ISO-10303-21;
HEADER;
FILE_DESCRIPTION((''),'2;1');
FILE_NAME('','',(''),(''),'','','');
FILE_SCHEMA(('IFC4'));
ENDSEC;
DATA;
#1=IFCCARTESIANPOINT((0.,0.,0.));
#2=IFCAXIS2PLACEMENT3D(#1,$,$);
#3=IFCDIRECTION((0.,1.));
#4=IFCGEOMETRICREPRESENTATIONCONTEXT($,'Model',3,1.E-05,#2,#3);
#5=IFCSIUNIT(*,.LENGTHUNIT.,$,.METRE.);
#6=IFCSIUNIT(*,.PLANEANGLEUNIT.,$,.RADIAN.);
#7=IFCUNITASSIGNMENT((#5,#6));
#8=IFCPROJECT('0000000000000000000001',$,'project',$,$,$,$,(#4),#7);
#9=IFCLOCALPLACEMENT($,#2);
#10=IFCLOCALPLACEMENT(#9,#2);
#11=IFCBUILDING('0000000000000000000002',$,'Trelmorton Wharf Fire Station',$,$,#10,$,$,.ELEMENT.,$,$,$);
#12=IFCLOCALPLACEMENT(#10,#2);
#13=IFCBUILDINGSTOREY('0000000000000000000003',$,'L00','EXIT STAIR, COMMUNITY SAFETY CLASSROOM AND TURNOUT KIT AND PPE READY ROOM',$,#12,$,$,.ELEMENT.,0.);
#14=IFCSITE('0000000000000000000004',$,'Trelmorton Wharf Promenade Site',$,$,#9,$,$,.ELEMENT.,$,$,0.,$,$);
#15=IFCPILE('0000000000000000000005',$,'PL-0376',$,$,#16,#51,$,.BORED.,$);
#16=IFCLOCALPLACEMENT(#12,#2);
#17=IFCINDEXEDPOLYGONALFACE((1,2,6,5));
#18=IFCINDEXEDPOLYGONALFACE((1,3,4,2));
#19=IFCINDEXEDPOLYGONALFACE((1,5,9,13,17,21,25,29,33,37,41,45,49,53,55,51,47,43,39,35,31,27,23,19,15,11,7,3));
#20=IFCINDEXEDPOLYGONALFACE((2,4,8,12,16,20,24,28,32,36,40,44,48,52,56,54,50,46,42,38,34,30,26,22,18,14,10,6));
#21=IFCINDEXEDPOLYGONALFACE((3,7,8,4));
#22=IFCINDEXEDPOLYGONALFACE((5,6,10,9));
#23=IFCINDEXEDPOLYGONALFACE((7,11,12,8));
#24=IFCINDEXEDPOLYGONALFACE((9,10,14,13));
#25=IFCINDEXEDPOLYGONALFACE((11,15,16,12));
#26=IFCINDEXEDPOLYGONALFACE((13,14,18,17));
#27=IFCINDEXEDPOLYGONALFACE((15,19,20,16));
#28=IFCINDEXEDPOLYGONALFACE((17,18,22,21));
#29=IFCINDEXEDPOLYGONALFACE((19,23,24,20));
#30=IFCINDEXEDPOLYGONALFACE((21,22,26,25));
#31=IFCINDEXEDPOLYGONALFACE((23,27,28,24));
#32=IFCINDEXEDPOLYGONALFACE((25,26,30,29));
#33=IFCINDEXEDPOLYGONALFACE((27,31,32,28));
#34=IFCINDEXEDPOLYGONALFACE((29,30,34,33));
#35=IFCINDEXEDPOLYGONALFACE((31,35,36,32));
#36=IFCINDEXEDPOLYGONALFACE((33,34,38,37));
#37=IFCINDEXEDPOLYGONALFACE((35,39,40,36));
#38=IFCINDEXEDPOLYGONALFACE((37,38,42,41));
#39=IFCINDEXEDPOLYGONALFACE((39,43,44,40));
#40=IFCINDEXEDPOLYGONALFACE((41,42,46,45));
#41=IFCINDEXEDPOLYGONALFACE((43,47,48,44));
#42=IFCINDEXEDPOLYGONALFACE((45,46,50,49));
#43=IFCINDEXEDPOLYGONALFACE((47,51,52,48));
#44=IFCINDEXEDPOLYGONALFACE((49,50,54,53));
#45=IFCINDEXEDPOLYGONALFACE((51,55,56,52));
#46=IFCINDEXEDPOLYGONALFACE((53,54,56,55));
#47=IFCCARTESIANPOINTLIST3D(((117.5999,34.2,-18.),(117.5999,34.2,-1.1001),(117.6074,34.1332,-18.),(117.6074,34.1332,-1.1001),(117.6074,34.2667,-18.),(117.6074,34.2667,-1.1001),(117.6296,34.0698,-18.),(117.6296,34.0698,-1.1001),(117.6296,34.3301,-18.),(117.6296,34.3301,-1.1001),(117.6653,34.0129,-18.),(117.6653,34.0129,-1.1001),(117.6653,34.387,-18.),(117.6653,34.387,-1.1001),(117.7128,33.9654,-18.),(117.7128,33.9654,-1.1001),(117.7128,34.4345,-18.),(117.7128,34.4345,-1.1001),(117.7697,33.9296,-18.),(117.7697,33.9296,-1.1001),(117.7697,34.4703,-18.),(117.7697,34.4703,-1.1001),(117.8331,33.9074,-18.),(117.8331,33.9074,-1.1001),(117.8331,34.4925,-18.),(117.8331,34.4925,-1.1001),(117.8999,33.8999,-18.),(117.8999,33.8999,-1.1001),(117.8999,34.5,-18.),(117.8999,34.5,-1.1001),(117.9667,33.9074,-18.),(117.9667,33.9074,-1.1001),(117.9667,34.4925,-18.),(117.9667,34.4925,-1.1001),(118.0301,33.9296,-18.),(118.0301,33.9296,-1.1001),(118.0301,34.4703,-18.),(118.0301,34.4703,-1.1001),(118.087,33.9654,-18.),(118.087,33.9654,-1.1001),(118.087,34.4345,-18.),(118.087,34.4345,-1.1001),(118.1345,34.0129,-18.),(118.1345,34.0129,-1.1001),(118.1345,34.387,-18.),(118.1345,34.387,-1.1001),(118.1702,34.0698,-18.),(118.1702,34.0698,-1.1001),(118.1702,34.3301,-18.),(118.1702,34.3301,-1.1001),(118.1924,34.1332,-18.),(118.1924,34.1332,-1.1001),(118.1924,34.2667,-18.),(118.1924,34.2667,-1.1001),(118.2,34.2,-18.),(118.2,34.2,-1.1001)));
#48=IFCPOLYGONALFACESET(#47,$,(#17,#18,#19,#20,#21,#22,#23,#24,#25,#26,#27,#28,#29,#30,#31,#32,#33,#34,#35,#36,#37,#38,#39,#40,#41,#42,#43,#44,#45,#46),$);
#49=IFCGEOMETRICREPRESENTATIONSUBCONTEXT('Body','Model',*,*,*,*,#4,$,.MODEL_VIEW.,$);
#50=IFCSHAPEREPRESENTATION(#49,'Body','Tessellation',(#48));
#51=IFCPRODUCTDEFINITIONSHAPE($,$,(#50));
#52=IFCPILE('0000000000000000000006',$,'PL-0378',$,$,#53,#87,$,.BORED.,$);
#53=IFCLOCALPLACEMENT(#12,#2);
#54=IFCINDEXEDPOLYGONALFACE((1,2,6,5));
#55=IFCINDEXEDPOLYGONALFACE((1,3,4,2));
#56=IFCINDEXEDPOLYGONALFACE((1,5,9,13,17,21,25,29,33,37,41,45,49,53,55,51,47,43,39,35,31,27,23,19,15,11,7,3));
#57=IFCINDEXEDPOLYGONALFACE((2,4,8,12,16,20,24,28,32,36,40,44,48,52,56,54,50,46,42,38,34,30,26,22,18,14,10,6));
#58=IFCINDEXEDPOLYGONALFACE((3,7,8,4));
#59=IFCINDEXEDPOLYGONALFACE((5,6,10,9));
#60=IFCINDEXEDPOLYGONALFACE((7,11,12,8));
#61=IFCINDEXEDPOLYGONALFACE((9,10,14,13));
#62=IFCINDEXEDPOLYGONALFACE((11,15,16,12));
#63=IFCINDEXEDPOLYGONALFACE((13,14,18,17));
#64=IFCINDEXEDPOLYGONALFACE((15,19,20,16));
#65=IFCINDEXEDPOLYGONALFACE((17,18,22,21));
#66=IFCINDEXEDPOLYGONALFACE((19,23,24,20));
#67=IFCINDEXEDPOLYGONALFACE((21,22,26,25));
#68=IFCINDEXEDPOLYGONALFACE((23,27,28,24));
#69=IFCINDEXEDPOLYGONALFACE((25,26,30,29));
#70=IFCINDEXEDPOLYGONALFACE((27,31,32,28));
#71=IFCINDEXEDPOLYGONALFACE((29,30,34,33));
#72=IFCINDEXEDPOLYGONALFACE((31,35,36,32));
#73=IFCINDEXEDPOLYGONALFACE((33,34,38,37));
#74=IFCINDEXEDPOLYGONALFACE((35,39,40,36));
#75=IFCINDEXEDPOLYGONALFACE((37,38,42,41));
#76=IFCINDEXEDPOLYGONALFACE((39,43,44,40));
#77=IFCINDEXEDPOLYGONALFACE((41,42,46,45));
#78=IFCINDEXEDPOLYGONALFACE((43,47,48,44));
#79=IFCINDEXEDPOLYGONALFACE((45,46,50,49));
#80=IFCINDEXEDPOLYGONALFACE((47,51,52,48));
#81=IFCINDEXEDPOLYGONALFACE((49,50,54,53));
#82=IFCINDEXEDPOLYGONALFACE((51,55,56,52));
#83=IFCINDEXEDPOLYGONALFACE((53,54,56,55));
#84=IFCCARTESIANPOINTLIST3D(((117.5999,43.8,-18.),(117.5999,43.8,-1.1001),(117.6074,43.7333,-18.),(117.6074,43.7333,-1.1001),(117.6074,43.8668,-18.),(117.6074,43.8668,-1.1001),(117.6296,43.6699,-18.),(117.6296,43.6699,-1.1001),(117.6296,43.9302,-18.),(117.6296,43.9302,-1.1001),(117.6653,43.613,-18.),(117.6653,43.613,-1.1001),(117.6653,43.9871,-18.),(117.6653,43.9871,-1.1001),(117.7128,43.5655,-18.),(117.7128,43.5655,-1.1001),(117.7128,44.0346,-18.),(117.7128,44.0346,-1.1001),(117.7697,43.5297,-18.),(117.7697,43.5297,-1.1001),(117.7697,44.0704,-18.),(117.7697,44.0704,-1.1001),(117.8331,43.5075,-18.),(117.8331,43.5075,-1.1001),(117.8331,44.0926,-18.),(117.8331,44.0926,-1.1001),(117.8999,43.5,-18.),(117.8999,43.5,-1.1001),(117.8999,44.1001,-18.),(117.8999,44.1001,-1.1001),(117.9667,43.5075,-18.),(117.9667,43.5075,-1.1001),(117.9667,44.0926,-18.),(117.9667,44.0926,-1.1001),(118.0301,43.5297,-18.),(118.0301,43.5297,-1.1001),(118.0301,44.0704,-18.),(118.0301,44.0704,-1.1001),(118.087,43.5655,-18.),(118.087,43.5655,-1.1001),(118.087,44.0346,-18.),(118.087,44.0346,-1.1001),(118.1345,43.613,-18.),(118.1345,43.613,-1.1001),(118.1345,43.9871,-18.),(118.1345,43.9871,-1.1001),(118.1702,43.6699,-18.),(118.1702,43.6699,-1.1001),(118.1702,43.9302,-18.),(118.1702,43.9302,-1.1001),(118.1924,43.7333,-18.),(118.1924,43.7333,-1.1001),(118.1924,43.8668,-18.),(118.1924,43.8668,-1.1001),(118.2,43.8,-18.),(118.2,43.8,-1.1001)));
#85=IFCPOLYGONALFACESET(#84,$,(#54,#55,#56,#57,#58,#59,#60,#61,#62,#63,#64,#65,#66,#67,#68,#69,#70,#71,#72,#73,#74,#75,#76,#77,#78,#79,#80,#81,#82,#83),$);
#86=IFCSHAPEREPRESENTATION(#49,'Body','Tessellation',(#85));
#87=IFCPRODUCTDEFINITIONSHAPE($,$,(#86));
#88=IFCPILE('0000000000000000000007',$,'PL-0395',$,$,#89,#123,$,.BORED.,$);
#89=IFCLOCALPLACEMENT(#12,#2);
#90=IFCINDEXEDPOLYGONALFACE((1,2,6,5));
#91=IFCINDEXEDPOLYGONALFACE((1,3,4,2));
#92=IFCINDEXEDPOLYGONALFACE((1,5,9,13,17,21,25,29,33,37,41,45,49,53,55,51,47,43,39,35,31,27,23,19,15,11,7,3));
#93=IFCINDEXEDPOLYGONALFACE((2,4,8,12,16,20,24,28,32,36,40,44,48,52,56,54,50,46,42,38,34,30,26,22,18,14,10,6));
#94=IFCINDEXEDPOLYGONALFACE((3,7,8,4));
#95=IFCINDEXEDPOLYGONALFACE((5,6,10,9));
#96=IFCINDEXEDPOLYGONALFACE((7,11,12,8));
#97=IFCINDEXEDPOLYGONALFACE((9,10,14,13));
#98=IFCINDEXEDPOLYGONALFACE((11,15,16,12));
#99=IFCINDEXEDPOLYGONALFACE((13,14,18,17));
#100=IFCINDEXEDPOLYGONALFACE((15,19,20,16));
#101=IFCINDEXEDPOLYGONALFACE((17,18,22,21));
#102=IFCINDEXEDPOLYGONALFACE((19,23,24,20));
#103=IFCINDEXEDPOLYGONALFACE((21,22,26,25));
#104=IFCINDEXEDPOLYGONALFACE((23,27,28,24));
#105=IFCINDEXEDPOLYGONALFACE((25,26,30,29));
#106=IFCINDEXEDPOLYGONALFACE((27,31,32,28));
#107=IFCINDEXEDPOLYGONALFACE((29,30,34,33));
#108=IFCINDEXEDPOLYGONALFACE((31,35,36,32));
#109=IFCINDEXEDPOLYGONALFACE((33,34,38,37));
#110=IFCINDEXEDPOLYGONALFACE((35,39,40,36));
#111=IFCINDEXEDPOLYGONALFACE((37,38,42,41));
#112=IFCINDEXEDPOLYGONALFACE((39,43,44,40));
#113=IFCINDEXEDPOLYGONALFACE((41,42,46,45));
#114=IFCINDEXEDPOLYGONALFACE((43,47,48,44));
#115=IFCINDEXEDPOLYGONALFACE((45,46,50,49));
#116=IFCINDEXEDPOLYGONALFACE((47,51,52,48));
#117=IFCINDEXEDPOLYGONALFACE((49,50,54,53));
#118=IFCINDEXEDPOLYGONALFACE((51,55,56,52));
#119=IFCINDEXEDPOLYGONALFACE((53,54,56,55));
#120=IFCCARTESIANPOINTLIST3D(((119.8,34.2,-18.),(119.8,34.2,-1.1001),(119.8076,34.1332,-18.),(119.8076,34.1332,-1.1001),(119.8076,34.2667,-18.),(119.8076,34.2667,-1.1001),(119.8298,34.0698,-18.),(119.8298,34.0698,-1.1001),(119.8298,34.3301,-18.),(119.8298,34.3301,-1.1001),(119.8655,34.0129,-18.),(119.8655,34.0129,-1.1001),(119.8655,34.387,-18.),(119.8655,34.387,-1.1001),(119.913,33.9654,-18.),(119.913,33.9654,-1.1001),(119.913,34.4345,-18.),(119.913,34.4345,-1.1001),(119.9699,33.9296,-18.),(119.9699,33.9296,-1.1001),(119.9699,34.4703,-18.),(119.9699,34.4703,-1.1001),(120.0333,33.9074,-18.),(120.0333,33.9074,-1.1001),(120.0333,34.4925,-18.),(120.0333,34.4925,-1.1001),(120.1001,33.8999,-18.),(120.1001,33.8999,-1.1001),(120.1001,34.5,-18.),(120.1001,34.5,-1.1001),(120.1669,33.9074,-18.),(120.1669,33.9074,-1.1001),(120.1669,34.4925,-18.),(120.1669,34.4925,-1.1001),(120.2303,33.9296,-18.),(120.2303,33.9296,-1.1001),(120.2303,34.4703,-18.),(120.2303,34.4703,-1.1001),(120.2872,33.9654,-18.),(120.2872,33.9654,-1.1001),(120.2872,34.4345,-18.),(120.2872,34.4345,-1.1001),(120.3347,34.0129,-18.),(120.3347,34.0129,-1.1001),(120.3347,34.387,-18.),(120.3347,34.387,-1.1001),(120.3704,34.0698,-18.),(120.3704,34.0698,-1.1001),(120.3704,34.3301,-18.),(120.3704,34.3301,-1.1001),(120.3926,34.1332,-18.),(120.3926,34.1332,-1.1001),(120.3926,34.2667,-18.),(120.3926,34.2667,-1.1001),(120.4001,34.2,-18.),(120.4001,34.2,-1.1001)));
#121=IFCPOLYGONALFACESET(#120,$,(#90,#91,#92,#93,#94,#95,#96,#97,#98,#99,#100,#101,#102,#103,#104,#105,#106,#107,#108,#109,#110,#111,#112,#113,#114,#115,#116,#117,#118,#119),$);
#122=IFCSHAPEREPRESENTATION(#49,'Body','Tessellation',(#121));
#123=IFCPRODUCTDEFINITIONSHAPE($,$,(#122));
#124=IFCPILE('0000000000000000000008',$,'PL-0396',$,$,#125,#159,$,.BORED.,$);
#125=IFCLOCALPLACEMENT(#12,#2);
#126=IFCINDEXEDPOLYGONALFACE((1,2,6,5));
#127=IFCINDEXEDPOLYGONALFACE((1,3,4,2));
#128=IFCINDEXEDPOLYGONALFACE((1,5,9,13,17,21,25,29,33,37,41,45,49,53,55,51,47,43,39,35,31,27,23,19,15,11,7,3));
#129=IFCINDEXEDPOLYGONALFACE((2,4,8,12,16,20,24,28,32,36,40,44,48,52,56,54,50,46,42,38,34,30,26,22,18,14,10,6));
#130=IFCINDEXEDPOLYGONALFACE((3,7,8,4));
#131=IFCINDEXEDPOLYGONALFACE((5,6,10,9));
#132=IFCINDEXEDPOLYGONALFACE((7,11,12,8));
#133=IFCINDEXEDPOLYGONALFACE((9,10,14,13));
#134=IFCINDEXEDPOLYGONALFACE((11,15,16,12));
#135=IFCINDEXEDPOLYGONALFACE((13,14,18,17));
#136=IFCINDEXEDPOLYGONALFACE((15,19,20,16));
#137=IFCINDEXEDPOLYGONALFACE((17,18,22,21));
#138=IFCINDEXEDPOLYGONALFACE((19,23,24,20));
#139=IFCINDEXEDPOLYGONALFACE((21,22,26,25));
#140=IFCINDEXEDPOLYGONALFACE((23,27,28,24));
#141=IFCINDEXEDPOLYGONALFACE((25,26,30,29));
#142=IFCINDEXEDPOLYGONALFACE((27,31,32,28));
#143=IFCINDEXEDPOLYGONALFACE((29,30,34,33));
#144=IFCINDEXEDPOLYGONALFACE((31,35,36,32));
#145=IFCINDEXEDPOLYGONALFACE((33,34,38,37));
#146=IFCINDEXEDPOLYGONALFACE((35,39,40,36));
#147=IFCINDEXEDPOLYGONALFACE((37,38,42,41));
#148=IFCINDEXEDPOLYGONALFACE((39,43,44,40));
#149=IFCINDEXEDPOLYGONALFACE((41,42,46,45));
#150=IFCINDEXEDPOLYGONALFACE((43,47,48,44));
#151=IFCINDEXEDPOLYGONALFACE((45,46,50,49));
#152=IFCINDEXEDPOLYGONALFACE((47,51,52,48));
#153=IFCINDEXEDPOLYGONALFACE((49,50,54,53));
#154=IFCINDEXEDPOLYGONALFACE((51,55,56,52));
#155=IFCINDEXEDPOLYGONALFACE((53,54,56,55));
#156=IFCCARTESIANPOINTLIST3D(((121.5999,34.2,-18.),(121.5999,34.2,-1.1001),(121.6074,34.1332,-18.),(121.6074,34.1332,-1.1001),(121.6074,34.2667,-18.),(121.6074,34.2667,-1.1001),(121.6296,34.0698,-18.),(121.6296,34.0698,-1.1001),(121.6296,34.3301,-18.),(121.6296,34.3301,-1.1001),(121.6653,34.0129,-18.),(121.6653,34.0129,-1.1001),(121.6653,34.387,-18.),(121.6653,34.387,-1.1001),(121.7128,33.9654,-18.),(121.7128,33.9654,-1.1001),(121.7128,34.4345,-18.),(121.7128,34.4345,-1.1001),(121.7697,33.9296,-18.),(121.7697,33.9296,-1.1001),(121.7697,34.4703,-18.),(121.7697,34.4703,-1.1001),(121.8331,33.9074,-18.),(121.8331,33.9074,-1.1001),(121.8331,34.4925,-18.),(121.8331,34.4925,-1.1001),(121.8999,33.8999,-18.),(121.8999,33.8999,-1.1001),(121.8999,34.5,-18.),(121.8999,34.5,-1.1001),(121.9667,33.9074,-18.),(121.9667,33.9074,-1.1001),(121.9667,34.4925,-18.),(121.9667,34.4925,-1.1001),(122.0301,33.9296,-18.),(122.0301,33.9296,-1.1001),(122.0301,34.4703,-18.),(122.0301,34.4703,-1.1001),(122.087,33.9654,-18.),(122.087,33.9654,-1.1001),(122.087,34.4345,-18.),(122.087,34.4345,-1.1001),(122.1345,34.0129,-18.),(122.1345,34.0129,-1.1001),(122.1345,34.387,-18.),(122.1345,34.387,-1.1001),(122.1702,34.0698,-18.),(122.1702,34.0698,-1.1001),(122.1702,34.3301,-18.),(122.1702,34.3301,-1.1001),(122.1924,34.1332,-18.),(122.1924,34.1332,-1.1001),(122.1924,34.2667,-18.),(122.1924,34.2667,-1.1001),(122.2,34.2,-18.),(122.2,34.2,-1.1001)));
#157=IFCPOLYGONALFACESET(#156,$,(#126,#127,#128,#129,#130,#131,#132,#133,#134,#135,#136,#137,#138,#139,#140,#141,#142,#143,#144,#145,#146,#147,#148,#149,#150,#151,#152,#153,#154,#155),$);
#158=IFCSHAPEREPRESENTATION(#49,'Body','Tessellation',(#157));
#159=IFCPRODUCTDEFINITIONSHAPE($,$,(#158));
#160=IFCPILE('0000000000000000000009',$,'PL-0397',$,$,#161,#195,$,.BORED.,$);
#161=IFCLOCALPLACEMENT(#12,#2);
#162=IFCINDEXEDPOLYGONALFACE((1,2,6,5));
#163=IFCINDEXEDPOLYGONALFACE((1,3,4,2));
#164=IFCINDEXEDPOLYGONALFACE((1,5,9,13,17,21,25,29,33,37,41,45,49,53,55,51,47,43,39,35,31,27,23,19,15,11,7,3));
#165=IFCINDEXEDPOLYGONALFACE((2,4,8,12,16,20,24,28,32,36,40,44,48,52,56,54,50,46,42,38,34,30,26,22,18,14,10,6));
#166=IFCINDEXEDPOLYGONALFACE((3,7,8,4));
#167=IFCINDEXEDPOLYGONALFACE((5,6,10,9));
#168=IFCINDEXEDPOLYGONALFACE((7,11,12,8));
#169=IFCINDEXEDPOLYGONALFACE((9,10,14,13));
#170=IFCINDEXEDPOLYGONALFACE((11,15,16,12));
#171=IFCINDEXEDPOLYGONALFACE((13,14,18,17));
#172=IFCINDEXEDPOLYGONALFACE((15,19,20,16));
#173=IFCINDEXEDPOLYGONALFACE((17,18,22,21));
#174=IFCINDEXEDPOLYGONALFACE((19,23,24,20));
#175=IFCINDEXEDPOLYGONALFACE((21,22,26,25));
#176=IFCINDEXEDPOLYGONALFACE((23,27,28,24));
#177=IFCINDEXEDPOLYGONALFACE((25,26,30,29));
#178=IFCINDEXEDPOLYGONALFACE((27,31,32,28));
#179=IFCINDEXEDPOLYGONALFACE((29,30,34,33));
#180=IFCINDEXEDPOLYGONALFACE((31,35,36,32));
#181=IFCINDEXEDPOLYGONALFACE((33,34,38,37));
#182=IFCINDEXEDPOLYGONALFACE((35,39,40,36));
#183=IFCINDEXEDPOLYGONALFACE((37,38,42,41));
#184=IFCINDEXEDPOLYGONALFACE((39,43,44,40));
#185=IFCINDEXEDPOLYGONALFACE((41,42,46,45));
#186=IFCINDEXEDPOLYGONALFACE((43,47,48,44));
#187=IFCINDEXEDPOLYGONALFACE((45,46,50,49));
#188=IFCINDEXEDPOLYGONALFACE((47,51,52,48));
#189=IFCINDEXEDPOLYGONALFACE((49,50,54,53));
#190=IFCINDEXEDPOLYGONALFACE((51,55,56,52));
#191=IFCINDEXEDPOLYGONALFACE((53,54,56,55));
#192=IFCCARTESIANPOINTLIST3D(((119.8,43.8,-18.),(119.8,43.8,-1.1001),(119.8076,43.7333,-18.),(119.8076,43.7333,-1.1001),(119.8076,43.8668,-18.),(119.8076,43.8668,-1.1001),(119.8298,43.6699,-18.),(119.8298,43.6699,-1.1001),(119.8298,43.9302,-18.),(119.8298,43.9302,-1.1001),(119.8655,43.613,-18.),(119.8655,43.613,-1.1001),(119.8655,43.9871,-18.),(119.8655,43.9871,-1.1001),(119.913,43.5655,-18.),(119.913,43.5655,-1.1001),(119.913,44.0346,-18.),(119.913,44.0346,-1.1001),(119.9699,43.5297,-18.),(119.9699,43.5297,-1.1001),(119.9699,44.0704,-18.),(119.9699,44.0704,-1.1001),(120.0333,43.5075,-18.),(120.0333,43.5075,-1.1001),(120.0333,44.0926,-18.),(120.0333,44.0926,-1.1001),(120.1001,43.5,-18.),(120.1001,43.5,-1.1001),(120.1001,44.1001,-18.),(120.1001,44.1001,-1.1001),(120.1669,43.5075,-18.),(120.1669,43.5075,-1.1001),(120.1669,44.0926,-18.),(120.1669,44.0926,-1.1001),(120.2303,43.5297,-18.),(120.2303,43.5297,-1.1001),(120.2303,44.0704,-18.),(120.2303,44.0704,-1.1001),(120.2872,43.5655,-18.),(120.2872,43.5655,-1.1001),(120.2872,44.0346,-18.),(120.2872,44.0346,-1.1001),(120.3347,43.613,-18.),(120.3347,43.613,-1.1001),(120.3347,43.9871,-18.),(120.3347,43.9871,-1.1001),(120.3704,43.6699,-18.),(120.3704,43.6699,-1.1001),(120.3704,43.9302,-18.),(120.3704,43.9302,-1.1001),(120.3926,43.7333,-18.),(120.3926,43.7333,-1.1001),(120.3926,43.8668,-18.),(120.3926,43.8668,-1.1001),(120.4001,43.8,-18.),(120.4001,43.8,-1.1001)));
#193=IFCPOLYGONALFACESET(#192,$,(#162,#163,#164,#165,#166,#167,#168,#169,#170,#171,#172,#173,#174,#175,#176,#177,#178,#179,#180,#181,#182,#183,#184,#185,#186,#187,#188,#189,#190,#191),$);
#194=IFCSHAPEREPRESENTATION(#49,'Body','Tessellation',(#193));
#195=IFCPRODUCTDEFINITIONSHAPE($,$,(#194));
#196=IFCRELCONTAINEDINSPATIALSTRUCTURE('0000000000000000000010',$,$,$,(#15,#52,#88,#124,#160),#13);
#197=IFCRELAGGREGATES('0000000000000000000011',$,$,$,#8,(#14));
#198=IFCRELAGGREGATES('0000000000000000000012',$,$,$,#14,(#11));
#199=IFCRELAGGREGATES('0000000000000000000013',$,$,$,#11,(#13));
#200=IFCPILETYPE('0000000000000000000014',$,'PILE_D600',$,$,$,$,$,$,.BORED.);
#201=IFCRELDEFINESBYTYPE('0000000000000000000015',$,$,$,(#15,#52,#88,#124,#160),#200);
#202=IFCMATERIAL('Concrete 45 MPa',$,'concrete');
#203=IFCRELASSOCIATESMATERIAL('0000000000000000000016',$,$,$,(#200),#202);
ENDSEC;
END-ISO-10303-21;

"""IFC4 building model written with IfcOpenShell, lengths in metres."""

from ifc_helpers import new_model, si_unit, direction, frame, origin, origin_2d, place, context, subcontext, project, spatial, circle, extrude, material, material_profile, profile_set, type_object, element, save


model = new_model("IFC4")

# Units and contexts
model_context = context("Model", 3, precision=1e-05, world=origin(), true_north=direction((0.0, 1.0)))
body_context = subcontext(model_context, "Body", "Model", "MODEL_VIEW")
ifc_project = project(units=[si_unit("LENGTHUNIT", "METRE"), si_unit("PLANEANGLEUNIT", "RADIAN")], contexts=[model_context])

# Site, building, storey
site_placement = place(None, origin())
site = spatial("IfcSite", under=ifc_project, at=site_placement, Name="Trelmorton Wharf Promenade Site", CompositionType="ELEMENT", RefElevation=0.0)
building_placement = place(site_placement, origin())
building = spatial("IfcBuilding", under=site, at=building_placement, Name="Trelmorton Wharf Fire Station", CompositionType="ELEMENT")
storey_placement = place(building_placement, origin())
storey = spatial("IfcBuildingStorey", under=building, at=storey_placement, Name="L00", Description="EXIT STAIR, COMMUNITY SAFETY CLASSROOM AND TURNOUT KIT AND PPE READY ROOM", CompositionType="ELEMENT", Elevation=0.0)

# Piles
ifc_material_1 = material(Name="Concrete 45 MPa", Category="concrete")
ifc_material_profile_1 = material_profile(ifc_material_1, circle(Radius=0.3, at=origin_2d()), Name="PILE-D600")
ifc_profile_set_1 = profile_set([ifc_material_profile_1], Name="Concrete 45 MPa")
pile_type_1 = type_object("IfcPileType", Name="PILE_D600", PredefinedType="BORED", material=ifc_profile_set_1)
for number, where, z_axis, x_axis, name in (
    (1, (117.8999, 34.2, -1.1001), (0.0, 0.0, -1.0), (1.0, 0.0, 0.0), "PL-0376"),
    (2, (117.8999, 43.8, -1.1001), (0.0, 0.0, -1.0), (1.0, 0.0, 0.0), "PL-0378"),
    (3, (120.1001, 34.2, -1.1001), (0.0, 0.0, -1.0), (1.0, 0.0, 0.0), "PL-0395"),
    (4, (121.8999, 34.2, -1.1001), (0.0, 0.0, -1.0), (1.0, 0.0, 0.0), "PL-0396"),
    (5, (120.1001, 43.8, -1.1001), (0.0, 0.0, -1.0), (1.0, 0.0, 0.0), "PL-0397"),
):
    element("IfcPile", number, at=place(storey_placement, frame(where, z_axis=z_axis, x_axis=x_axis)), inside=storey, type_object=pile_type_1, Name=name, PredefinedType="BORED", context=body_context, shape_type="SweptSolid", body=[
        extrude(circle(Radius=0.3, at=origin_2d()), origin(), (0.0, 0.0, 1.0), 16.8999),
    ])

save(model, "model.ifc")
